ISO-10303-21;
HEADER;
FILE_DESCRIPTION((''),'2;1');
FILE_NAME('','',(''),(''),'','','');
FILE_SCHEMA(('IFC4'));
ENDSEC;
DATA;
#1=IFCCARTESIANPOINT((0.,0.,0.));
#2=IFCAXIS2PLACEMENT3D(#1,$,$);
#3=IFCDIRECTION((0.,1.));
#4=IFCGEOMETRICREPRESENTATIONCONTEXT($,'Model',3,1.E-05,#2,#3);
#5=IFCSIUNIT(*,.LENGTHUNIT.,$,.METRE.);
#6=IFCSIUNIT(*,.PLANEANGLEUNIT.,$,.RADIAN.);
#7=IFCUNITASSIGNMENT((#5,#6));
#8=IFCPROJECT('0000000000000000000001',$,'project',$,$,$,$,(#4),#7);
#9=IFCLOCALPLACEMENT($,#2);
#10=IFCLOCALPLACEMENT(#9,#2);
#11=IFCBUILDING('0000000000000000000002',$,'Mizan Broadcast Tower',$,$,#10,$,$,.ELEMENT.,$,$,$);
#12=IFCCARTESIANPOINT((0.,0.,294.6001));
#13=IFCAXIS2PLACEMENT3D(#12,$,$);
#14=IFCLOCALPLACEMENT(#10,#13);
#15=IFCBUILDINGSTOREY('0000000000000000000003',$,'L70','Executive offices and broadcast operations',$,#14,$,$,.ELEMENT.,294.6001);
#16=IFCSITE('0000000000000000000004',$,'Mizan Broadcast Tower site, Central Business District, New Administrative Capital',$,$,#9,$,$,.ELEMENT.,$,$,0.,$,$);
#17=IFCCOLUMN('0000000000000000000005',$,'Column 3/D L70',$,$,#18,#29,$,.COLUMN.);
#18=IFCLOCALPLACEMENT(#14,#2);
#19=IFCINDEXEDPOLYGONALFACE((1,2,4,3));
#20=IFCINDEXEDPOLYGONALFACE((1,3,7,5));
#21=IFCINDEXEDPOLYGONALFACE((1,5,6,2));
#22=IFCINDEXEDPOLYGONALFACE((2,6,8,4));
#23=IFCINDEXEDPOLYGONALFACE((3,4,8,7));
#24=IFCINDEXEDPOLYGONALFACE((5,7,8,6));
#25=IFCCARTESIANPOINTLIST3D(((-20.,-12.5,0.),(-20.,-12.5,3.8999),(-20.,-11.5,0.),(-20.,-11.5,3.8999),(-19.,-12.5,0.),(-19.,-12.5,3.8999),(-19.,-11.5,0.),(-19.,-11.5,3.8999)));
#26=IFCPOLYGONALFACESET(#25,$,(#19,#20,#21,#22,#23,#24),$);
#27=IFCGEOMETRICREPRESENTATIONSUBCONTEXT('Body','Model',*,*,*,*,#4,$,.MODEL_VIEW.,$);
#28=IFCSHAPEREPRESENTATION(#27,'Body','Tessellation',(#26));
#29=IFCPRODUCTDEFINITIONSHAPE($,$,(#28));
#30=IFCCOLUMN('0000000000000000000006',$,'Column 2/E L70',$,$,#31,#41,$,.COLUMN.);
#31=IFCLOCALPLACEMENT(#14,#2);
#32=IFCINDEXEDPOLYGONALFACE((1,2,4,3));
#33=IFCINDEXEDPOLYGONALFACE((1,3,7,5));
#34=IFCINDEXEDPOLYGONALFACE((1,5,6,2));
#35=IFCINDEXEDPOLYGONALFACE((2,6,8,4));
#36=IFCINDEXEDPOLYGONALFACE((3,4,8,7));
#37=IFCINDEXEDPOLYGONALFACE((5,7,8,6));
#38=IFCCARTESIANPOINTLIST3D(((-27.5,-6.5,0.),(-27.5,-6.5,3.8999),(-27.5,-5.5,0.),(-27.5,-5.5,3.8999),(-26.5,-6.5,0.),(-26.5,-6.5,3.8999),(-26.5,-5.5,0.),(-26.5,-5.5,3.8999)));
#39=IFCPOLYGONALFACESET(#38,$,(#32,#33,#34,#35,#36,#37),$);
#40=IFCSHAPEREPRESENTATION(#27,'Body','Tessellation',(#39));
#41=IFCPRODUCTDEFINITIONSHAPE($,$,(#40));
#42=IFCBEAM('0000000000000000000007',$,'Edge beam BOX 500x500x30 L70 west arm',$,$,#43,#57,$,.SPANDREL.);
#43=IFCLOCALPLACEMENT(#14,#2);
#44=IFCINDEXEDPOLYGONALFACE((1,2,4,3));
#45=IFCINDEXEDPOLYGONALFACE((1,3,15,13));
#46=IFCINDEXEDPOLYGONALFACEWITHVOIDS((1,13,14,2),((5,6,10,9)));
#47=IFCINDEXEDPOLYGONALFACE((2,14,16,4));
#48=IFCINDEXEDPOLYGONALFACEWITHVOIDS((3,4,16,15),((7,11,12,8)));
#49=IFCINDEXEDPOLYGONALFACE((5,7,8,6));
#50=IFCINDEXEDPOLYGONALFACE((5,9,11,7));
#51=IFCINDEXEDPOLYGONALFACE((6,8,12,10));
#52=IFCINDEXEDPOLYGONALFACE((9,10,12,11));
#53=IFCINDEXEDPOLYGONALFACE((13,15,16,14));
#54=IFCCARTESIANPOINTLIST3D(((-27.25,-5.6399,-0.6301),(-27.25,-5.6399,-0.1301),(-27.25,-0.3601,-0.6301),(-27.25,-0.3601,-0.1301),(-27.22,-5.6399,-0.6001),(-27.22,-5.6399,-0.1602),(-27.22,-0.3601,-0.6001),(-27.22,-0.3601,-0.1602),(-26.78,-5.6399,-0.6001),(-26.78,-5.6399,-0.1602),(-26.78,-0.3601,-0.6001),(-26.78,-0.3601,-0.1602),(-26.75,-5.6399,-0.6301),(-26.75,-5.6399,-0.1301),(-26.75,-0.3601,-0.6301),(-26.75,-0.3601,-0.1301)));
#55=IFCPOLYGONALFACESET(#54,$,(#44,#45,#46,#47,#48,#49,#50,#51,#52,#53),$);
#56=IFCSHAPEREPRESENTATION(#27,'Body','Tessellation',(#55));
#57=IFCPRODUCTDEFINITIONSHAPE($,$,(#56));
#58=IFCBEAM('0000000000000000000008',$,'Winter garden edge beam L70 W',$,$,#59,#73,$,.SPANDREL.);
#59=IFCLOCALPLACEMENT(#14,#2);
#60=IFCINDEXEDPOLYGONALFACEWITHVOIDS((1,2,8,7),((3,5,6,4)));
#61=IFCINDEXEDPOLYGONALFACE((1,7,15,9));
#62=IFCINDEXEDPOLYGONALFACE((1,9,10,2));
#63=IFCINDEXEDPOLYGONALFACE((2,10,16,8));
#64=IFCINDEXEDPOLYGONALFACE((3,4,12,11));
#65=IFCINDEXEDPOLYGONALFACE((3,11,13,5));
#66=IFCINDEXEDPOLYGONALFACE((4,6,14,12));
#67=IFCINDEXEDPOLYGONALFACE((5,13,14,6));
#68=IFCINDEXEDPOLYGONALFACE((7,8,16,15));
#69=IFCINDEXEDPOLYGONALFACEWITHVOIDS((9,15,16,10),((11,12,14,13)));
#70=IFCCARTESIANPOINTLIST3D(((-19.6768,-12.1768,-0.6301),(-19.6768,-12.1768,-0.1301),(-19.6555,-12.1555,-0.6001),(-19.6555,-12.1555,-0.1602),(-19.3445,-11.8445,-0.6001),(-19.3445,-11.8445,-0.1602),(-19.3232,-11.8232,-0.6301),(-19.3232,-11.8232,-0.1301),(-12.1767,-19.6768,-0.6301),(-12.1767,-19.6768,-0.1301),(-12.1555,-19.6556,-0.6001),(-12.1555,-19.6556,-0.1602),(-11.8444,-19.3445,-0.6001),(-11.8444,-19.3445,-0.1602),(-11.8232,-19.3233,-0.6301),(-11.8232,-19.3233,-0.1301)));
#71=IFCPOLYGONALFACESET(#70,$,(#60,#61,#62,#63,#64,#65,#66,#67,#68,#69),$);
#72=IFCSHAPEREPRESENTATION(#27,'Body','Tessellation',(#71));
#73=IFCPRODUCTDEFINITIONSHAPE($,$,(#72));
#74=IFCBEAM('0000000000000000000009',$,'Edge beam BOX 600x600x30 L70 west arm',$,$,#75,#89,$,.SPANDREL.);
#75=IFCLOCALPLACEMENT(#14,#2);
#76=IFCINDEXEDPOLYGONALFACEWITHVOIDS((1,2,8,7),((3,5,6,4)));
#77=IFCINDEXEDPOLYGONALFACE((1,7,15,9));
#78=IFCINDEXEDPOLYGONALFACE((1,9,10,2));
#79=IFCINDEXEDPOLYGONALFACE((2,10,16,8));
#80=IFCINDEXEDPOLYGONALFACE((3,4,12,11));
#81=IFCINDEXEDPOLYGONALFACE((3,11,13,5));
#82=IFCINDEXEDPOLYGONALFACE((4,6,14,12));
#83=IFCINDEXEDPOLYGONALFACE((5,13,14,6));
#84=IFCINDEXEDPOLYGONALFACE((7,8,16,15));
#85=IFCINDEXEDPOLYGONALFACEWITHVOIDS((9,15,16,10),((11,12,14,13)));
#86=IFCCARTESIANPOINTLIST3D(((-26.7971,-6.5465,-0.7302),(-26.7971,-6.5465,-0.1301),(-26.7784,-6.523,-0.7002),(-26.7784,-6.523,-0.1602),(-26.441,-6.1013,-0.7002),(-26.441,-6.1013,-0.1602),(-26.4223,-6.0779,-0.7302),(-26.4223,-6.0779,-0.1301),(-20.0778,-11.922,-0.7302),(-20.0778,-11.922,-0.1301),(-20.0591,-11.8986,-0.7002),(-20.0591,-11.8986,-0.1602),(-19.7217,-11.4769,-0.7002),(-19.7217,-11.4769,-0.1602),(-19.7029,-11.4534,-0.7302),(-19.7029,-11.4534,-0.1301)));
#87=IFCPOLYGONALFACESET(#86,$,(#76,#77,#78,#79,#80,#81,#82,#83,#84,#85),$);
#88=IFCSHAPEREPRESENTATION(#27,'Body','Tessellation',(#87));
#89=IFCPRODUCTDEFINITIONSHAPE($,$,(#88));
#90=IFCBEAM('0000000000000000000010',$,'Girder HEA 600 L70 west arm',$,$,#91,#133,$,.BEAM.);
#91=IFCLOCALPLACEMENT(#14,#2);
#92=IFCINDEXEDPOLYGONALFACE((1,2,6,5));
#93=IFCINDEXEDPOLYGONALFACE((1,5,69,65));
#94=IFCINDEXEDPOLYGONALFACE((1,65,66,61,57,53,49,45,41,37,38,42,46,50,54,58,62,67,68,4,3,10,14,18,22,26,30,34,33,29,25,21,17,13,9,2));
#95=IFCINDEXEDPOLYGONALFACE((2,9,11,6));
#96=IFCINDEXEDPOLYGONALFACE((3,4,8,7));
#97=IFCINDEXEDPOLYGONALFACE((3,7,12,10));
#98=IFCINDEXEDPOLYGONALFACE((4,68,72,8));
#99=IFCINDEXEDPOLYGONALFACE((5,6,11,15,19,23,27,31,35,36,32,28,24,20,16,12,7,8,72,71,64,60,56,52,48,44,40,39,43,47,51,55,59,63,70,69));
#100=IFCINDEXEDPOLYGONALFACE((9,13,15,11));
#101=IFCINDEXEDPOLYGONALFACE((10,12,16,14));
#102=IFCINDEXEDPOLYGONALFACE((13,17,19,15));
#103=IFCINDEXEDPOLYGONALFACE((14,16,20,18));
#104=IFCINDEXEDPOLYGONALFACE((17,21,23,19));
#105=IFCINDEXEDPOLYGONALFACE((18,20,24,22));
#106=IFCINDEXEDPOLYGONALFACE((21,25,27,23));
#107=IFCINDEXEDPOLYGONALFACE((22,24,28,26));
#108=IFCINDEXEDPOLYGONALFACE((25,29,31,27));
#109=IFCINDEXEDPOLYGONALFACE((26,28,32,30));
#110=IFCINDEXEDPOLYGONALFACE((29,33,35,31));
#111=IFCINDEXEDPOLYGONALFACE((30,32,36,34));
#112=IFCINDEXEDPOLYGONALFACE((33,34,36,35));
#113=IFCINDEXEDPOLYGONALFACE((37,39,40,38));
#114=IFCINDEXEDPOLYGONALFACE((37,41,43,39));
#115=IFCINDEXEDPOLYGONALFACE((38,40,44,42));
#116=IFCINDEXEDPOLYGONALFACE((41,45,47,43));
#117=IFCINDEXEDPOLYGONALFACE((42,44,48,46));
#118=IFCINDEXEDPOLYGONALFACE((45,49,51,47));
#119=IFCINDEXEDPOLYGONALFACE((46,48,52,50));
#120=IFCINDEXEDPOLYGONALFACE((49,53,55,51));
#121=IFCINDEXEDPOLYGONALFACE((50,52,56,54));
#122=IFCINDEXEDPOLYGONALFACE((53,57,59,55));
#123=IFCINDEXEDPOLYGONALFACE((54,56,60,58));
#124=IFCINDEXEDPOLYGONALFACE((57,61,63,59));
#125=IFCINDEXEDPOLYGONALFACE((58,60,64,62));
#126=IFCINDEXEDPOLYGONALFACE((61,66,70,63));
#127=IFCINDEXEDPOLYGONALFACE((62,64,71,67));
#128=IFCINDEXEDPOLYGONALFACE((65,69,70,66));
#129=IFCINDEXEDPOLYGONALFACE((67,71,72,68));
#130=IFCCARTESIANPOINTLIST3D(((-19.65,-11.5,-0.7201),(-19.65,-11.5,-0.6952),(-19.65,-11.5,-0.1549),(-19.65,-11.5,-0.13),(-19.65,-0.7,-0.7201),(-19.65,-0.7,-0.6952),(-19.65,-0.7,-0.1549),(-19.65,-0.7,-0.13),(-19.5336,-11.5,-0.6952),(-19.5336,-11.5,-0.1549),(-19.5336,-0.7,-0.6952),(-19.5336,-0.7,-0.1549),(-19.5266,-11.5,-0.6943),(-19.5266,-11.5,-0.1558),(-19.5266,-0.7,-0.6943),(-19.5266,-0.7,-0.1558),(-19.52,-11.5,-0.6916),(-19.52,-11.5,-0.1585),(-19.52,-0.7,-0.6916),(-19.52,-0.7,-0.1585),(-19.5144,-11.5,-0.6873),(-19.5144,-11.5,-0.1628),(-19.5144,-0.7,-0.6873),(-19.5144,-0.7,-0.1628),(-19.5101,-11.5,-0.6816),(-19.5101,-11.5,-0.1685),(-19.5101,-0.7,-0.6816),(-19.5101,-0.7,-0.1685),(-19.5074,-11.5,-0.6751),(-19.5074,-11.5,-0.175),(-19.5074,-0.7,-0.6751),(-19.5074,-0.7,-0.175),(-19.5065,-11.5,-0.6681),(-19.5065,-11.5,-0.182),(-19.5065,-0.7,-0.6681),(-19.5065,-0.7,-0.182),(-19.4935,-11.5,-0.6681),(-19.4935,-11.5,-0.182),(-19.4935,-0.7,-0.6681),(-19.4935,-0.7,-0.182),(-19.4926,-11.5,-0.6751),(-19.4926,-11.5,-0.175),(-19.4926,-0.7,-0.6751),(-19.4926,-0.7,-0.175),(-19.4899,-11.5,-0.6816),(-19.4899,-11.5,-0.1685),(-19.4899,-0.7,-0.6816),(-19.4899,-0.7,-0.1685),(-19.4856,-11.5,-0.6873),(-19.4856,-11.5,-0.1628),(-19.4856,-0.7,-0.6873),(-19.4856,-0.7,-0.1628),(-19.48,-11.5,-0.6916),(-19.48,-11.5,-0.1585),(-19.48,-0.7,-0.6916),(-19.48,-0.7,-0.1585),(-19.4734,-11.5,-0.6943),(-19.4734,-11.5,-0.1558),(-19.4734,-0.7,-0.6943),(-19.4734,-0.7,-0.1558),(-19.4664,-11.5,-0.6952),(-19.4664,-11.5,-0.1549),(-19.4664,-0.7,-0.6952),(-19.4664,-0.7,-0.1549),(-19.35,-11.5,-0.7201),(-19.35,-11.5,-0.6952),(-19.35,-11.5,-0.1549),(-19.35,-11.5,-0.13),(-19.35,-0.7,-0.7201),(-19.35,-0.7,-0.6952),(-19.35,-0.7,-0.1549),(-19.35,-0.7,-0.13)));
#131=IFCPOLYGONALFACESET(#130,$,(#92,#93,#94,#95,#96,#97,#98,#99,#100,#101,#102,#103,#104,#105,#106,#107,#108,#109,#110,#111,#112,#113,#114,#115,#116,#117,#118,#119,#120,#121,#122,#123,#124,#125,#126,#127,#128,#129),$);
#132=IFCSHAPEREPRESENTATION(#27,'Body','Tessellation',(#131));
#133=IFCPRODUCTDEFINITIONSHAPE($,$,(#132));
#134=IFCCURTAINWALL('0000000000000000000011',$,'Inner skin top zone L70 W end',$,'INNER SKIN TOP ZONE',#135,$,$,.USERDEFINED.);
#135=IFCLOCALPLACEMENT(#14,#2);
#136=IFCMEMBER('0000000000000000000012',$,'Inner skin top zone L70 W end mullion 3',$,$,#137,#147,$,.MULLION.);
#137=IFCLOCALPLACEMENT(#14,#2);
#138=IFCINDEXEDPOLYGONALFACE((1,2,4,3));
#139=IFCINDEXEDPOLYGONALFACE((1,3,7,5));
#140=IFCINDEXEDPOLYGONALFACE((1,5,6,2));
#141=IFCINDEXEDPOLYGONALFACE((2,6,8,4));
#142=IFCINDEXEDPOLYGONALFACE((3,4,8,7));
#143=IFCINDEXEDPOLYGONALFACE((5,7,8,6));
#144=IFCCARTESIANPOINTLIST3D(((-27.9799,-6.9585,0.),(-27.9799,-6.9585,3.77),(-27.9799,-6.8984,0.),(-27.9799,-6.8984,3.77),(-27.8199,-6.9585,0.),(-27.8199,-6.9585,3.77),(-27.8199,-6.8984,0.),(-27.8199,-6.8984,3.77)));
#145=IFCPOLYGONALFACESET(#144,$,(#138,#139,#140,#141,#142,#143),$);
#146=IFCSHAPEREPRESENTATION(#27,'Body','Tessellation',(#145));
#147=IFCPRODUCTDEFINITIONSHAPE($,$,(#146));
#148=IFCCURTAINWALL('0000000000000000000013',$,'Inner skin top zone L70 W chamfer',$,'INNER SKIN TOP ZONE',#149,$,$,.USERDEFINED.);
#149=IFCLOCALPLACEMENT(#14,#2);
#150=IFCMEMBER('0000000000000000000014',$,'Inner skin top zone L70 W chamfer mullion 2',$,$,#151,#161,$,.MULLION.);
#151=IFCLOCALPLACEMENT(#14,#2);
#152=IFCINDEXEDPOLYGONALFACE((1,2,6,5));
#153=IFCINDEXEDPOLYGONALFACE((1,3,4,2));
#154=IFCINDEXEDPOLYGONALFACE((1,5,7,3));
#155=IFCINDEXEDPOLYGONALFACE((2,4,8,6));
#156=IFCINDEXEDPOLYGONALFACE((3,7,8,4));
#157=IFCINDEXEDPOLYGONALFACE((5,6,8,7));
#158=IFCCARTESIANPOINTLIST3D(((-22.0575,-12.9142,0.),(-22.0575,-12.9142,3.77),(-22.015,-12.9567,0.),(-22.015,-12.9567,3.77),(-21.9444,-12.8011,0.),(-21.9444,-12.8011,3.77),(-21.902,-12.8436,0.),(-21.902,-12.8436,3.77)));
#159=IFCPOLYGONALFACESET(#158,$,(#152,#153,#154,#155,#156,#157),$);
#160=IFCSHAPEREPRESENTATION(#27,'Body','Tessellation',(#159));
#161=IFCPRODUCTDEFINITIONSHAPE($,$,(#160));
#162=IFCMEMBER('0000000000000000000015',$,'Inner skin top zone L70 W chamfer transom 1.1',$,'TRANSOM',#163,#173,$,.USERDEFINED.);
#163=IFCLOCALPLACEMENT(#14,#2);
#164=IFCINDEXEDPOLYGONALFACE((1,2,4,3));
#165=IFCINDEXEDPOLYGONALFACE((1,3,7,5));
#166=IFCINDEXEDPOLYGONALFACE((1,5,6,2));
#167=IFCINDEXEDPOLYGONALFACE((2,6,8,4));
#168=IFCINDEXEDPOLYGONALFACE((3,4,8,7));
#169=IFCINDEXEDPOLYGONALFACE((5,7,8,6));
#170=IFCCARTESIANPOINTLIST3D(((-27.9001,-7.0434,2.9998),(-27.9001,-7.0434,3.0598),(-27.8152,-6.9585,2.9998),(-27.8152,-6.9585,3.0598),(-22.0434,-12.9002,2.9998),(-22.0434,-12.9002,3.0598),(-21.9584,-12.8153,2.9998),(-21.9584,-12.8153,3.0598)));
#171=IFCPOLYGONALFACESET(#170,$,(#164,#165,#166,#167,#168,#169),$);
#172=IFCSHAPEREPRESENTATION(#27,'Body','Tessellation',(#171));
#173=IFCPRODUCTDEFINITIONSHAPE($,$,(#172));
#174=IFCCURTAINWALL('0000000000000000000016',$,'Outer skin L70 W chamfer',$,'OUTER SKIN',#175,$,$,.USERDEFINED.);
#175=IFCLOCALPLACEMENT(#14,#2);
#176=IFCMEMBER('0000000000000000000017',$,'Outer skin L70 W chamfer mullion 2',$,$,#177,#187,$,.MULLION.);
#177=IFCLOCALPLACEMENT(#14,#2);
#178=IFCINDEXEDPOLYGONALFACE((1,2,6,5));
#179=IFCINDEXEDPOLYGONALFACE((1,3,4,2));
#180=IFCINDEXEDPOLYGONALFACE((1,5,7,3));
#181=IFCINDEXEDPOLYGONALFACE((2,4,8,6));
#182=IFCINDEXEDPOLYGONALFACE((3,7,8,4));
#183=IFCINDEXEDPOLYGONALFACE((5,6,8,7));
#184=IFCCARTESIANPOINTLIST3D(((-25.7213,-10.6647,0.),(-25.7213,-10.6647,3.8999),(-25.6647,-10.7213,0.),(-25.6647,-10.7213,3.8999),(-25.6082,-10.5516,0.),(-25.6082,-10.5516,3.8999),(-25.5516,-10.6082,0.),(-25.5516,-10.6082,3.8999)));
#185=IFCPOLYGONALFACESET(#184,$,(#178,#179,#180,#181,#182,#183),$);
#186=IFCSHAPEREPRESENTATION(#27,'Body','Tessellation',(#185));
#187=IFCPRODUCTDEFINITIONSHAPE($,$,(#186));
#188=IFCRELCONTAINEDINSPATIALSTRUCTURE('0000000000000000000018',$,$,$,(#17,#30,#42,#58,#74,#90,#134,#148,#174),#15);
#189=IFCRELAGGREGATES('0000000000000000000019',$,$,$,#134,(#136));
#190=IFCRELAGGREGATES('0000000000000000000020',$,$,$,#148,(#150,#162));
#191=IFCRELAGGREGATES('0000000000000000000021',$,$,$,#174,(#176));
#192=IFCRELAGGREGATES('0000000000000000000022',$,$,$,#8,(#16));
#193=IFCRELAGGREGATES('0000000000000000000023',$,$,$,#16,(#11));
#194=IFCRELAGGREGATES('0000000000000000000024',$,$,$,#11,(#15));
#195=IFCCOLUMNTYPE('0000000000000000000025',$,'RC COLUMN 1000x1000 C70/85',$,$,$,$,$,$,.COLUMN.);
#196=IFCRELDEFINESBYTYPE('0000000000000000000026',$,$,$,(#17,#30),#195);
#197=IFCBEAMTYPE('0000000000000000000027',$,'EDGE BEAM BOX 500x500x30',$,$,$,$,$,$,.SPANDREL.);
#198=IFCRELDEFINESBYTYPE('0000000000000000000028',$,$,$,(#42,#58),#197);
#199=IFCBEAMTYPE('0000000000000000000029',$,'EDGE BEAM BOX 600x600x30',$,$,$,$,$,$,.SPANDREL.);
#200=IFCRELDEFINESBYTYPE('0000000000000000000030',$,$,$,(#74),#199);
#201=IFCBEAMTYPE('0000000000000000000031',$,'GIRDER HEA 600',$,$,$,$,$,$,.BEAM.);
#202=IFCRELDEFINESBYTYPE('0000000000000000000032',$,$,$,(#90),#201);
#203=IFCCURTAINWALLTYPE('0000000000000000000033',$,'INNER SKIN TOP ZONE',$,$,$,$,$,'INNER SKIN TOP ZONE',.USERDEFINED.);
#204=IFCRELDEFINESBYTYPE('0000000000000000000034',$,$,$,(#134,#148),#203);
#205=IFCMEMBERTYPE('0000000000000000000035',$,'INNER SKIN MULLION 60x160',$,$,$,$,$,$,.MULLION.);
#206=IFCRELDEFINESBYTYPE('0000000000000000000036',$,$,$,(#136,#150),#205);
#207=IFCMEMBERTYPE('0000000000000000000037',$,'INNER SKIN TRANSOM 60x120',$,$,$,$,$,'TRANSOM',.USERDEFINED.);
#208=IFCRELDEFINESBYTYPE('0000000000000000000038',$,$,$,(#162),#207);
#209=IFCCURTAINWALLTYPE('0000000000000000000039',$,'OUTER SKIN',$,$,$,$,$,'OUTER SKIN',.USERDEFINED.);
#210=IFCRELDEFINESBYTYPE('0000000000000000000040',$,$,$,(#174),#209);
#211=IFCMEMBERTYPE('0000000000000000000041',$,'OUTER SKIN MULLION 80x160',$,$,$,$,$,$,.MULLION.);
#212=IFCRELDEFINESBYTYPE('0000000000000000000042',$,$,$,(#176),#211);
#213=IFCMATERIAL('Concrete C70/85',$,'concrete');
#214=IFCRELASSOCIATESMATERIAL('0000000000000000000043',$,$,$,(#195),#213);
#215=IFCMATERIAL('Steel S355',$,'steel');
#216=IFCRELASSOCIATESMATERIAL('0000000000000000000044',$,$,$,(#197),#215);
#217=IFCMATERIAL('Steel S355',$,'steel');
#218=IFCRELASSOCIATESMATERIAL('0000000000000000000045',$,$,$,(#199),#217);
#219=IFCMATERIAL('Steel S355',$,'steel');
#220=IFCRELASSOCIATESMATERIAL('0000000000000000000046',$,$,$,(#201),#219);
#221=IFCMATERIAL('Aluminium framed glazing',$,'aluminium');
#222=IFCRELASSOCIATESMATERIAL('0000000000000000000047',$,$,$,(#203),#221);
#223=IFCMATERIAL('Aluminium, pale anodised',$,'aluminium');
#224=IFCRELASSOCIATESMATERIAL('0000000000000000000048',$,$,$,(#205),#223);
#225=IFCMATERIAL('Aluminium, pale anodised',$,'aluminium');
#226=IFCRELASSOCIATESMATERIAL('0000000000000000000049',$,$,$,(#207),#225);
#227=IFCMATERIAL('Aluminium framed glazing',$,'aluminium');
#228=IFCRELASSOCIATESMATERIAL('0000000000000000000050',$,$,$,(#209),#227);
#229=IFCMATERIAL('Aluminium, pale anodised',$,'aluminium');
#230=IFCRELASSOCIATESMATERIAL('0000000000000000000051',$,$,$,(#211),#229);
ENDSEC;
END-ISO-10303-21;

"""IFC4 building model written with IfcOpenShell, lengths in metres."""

from ifc_helpers import new_model, si_unit, direction, frame, origin, origin_2d, place, context, subcontext, project, spatial, rectangle, hollow_rectangle, i_section, extrude, material, material_profile, profile_set, type_object, element, aggregate, save


model = new_model("IFC4")

# Units and contexts
model_context = context("Model", 3, precision=1e-05, world=origin(), true_north=direction((0.0, 1.0)))
body_context = subcontext(model_context, "Body", "Model", "MODEL_VIEW")
ifc_project = project(units=[si_unit("LENGTHUNIT", "METRE"), si_unit("PLANEANGLEUNIT", "RADIAN")], contexts=[model_context])

# Site, building, storey
site_placement = place(None, origin())
site = spatial("IfcSite", under=ifc_project, at=site_placement, Name="Mizan Broadcast Tower site, Central Business District, New Administrative Capital", CompositionType="ELEMENT", RefElevation=0.0)
building_placement = place(site_placement, origin())
building = spatial("IfcBuilding", under=site, at=building_placement, Name="Mizan Broadcast Tower", CompositionType="ELEMENT")
storey_placement = place(building_placement, frame((0.0, 0.0, 294.6001)))
storey = spatial("IfcBuildingStorey", under=building, at=storey_placement, Name="L70", Description="Executive offices and broadcast operations", CompositionType="ELEMENT", Elevation=294.6001)

# Columns
ifc_material_1 = material(Name="Concrete C70/85", Category="concrete")
ifc_material_profile_1 = material_profile(ifc_material_1, rectangle(XDim=1.0, YDim=1.0, at=origin_2d()), Name="RC 1000x1000")
ifc_profile_set_1 = profile_set([ifc_material_profile_1], Name="Concrete C70/85")
column_type = type_object("IfcColumnType", Name="RC COLUMN 1000x1000 C70/85", PredefinedType="COLUMN", material=ifc_profile_set_1)
for number, where, z_axis, x_axis, name in (
    (1, (-19.5, -12.0, 0.0), (0.0, 0.0, 1.0), (1.0, 0.0, 0.0), "Column 3/D L70"),
    (2, (-27.0, -6.0, 0.0), (0.0, 0.0, 1.0), (1.0, 0.0, 0.0), "Column 2/E L70"),
):
    element("IfcColumn", number, at=place(storey_placement, frame(where, z_axis=z_axis, x_axis=x_axis)), inside=storey, type_object=column_type, Name=name, PredefinedType="COLUMN", context=body_context, shape_type="SweptSolid", body=[
        extrude(rectangle(XDim=1.0, YDim=1.0, at=origin_2d()), origin(), (0.0, 0.0, 1.0), 3.8999),
    ])

# Beams
ifc_material_2 = material(Name="Steel S355", Category="steel")
ifc_material_profile_2 = material_profile(ifc_material_2, hollow_rectangle(XDim=0.5, YDim=0.5, WallThickness=0.03, at=origin_2d()), Name="BOX 500x500x30")
ifc_profile_set_2 = profile_set([ifc_material_profile_2], Name="Steel S355")
beam_type_1 = type_object("IfcBeamType", Name="EDGE BEAM BOX 500x500x30", PredefinedType="SPANDREL", material=ifc_profile_set_2)
beam_1_placement = place(storey_placement, frame((-27.0, -5.6399, -0.3801), z_axis=(0.0, 1.0, 0.0), x_axis=(-1.0, 0.0, 0.0)))
element("IfcBeam", 3, at=beam_1_placement, inside=storey, type_object=beam_type_1, Name="Edge beam BOX 500x500x30 L70 west arm", PredefinedType="SPANDREL", context=body_context, shape_type="SweptSolid", body=[
    extrude(hollow_rectangle(XDim=0.5, YDim=0.5, WallThickness=0.03, at=origin_2d()), origin(), (0.0, 0.0, 1.0), 5.2798),
])
beam_2_placement = place(storey_placement, frame((-19.5, -12.0, -0.3801), z_axis=(0.707107, -0.707107, 0.0), x_axis=(0.707107, 0.707107, 0.0)))
element("IfcBeam", 4, at=beam_2_placement, inside=storey, type_object=beam_type_1, Name="Winter garden edge beam L70 W", PredefinedType="SPANDREL", context=body_context, shape_type="SweptSolid", body=[
    extrude(hollow_rectangle(XDim=0.5, YDim=0.5, WallThickness=0.03, at=origin_2d()), origin(), (0.0, 0.0, 1.0), 10.6067),
])
ifc_material_3 = material(Name="Steel S355", Category="steel")
ifc_material_profile_3 = material_profile(ifc_material_3, hollow_rectangle(XDim=0.6001, YDim=0.6001, WallThickness=0.03, at=origin_2d()), Name="BOX 600x600x30")
ifc_profile_set_3 = profile_set([ifc_material_profile_3], Name="Steel S355")
beam_type_2 = type_object("IfcBeamType", Name="EDGE BEAM BOX 600x600x30", PredefinedType="SPANDREL", material=ifc_profile_set_3)
beam_3_placement = place(storey_placement, frame((-19.8904, -11.6877, -0.4302), z_axis=(-0.780863, 0.624702, 0.0), x_axis=(-0.624702, -0.780863, 0.0)))
element("IfcBeam", 5, at=beam_3_placement, inside=storey, type_object=beam_type_2, Name="Edge beam BOX 600x600x30 L70 west arm", PredefinedType="SPANDREL", context=body_context, shape_type="SweptSolid", body=[
    extrude(hollow_rectangle(XDim=0.6001, YDim=0.6001, WallThickness=0.03, at=origin_2d()), origin(), (0.0, 0.0, 1.0), 8.605),
])
ifc_material_4 = material(Name="Steel S355", Category="steel")
ifc_material_profile_4 = material_profile(ifc_material_4, i_section(OverallWidth=0.3, OverallDepth=0.5901, WebThickness=0.0129, FlangeThickness=0.0249, FilletRadius=0.0271, at=origin_2d()), Name="HEA 600")
ifc_profile_set_4 = profile_set([ifc_material_profile_4], Name="Steel S355")
beam_type_3 = type_object("IfcBeamType", Name="GIRDER HEA 600", PredefinedType="BEAM", material=ifc_profile_set_4)
beam_4_placement = place(storey_placement, frame((-19.5, -11.5, -0.425), z_axis=(0.0, 1.0, 0.0), x_axis=(-1.0, 0.0, 0.0)))
element("IfcBeam", 6, at=beam_4_placement, inside=storey, type_object=beam_type_3, Name="Girder HEA 600 L70 west arm", PredefinedType="BEAM", context=body_context, shape_type="SweptSolid", body=[
    extrude(i_section(OverallWidth=0.3, OverallDepth=0.5901, WebThickness=0.0129, FlangeThickness=0.0249, FilletRadius=0.0271, at=origin_2d()), origin(), (0.0, 0.0, 1.0), 10.8),
])

# Curtain wall, member
ifc_material_5 = material(Name="Aluminium framed glazing", Category="aluminium")
curtain_wall_type_1 = type_object("IfcCurtainWallType", Name="INNER SKIN TOP ZONE", ElementType="INNER SKIN TOP ZONE", PredefinedType="USERDEFINED", material=ifc_material_5)
curtain_wall_1_placement = place(storey_placement, origin())
curtain_wall_1 = element("IfcCurtainWall", 7, at=curtain_wall_1_placement, inside=storey, type_object=curtain_wall_type_1, Name="Inner skin top zone L70 W end", ObjectType="INNER SKIN TOP ZONE", PredefinedType="USERDEFINED")
ifc_material_6 = material(Name="Aluminium, pale anodised", Category="aluminium")
ifc_material_profile_5 = material_profile(ifc_material_6, rectangle(XDim=0.1599, YDim=0.0601, at=origin_2d()), Name="MULLION 160x60")
ifc_profile_set_5 = profile_set([ifc_material_profile_5], Name="Aluminium, pale anodised")
member_type_1 = type_object("IfcMemberType", Name="INNER SKIN MULLION 60x160", PredefinedType="MULLION", material=ifc_profile_set_5)
member_1_placement = place(storey_placement, frame((-27.8999, -6.9285, 0.0), z_axis=(0.0, 0.0, 1.0), x_axis=(1.0, 0.0, 0.0)))
member_1 = element("IfcMember", 8, at=member_1_placement, type_object=member_type_1, Name="Inner skin top zone L70 W end mullion 3", PredefinedType="MULLION", context=body_context, shape_type="SweptSolid", body=[
    extrude(rectangle(XDim=0.1599, YDim=0.0601, at=origin_2d()), origin(), (0.0, 0.0, 1.0), 3.77),
])
aggregate(curtain_wall_1, [member_1])

# Curtain wall, members
curtain_wall_2_placement = place(storey_placement, origin())
curtain_wall_2 = element("IfcCurtainWall", 9, at=curtain_wall_2_placement, inside=storey, type_object=curtain_wall_type_1, Name="Inner skin top zone L70 W chamfer", ObjectType="INNER SKIN TOP ZONE", PredefinedType="USERDEFINED")
member_2_placement = place(storey_placement, frame((-21.9797, -12.8789, 0.0), z_axis=(0.0, 0.0, 1.0), x_axis=(0.707107, 0.707107, 0.0)))
member_2 = element("IfcMember", 10, at=member_2_placement, type_object=member_type_1, Name="Inner skin top zone L70 W chamfer mullion 2", PredefinedType="MULLION", context=body_context, shape_type="SweptSolid", body=[
    extrude(rectangle(XDim=0.1599, YDim=0.0601, at=origin_2d()), origin(), (0.0, 0.0, 1.0), 3.77),
])
ifc_material_7 = material(Name="Aluminium, pale anodised", Category="aluminium")
ifc_material_profile_6 = material_profile(ifc_material_7, rectangle(XDim=0.1201, YDim=0.0601, at=origin_2d()), Name="TRANSOM 120x60")
ifc_profile_set_6 = profile_set([ifc_material_profile_6], Name="Aluminium, pale anodised")
member_type_2 = type_object("IfcMemberType", Name="INNER SKIN TRANSOM 60x120", ElementType="TRANSOM", PredefinedType="USERDEFINED", material=ifc_profile_set_6)
member_3_placement = place(storey_placement, frame((-27.8577, -7.001, 3.0298), z_axis=(0.707107, -0.707107, 0.0), x_axis=(0.707107, 0.707107, 0.0)))
member_3 = element("IfcMember", 11, at=member_3_placement, type_object=member_type_2, Name="Inner skin top zone L70 W chamfer transom 1.1", ObjectType="TRANSOM", PredefinedType="USERDEFINED", context=body_context, shape_type="SweptSolid", body=[
    extrude(rectangle(XDim=0.1201, YDim=0.0601, at=origin_2d()), origin(), (0.0, 0.0, 1.0), 8.2827),
])

# Curtain wall, member
ifc_material_8 = material(Name="Aluminium framed glazing", Category="aluminium")
curtain_wall_type_2 = type_object("IfcCurtainWallType", Name="OUTER SKIN", ElementType="OUTER SKIN", PredefinedType="USERDEFINED", material=ifc_material_8)
curtain_wall_3_placement = place(storey_placement, origin())
curtain_wall_3 = element("IfcCurtainWall", 12, at=curtain_wall_3_placement, inside=storey, type_object=curtain_wall_type_2, Name="Outer skin L70 W chamfer", ObjectType="OUTER SKIN", PredefinedType="USERDEFINED")
ifc_material_9 = material(Name="Aluminium, pale anodised", Category="aluminium")
ifc_material_profile_7 = material_profile(ifc_material_9, rectangle(XDim=0.1599, YDim=0.0801, at=origin_2d()), Name="MULLION 160x80")
ifc_profile_set_7 = profile_set([ifc_material_profile_7], Name="Aluminium, pale anodised")
member_type_3 = type_object("IfcMemberType", Name="OUTER SKIN MULLION 80x160", PredefinedType="MULLION", material=ifc_profile_set_7)
member_4_placement = place(storey_placement, frame((-25.6365, -10.6365, 0.0), z_axis=(0.0, 0.0, 1.0), x_axis=(0.707107, 0.707107, 0.0)))
member_4 = element("IfcMember", 13, at=member_4_placement, type_object=member_type_3, Name="Outer skin L70 W chamfer mullion 2", PredefinedType="MULLION", context=body_context, shape_type="SweptSolid", body=[
    extrude(rectangle(XDim=0.1599, YDim=0.0801, at=origin_2d()), origin(), (0.0, 0.0, 1.0), 3.8999),
])

aggregate(curtain_wall_2, [member_2, member_3])
aggregate(curtain_wall_3, [member_4])

save(model, "model.ifc")
